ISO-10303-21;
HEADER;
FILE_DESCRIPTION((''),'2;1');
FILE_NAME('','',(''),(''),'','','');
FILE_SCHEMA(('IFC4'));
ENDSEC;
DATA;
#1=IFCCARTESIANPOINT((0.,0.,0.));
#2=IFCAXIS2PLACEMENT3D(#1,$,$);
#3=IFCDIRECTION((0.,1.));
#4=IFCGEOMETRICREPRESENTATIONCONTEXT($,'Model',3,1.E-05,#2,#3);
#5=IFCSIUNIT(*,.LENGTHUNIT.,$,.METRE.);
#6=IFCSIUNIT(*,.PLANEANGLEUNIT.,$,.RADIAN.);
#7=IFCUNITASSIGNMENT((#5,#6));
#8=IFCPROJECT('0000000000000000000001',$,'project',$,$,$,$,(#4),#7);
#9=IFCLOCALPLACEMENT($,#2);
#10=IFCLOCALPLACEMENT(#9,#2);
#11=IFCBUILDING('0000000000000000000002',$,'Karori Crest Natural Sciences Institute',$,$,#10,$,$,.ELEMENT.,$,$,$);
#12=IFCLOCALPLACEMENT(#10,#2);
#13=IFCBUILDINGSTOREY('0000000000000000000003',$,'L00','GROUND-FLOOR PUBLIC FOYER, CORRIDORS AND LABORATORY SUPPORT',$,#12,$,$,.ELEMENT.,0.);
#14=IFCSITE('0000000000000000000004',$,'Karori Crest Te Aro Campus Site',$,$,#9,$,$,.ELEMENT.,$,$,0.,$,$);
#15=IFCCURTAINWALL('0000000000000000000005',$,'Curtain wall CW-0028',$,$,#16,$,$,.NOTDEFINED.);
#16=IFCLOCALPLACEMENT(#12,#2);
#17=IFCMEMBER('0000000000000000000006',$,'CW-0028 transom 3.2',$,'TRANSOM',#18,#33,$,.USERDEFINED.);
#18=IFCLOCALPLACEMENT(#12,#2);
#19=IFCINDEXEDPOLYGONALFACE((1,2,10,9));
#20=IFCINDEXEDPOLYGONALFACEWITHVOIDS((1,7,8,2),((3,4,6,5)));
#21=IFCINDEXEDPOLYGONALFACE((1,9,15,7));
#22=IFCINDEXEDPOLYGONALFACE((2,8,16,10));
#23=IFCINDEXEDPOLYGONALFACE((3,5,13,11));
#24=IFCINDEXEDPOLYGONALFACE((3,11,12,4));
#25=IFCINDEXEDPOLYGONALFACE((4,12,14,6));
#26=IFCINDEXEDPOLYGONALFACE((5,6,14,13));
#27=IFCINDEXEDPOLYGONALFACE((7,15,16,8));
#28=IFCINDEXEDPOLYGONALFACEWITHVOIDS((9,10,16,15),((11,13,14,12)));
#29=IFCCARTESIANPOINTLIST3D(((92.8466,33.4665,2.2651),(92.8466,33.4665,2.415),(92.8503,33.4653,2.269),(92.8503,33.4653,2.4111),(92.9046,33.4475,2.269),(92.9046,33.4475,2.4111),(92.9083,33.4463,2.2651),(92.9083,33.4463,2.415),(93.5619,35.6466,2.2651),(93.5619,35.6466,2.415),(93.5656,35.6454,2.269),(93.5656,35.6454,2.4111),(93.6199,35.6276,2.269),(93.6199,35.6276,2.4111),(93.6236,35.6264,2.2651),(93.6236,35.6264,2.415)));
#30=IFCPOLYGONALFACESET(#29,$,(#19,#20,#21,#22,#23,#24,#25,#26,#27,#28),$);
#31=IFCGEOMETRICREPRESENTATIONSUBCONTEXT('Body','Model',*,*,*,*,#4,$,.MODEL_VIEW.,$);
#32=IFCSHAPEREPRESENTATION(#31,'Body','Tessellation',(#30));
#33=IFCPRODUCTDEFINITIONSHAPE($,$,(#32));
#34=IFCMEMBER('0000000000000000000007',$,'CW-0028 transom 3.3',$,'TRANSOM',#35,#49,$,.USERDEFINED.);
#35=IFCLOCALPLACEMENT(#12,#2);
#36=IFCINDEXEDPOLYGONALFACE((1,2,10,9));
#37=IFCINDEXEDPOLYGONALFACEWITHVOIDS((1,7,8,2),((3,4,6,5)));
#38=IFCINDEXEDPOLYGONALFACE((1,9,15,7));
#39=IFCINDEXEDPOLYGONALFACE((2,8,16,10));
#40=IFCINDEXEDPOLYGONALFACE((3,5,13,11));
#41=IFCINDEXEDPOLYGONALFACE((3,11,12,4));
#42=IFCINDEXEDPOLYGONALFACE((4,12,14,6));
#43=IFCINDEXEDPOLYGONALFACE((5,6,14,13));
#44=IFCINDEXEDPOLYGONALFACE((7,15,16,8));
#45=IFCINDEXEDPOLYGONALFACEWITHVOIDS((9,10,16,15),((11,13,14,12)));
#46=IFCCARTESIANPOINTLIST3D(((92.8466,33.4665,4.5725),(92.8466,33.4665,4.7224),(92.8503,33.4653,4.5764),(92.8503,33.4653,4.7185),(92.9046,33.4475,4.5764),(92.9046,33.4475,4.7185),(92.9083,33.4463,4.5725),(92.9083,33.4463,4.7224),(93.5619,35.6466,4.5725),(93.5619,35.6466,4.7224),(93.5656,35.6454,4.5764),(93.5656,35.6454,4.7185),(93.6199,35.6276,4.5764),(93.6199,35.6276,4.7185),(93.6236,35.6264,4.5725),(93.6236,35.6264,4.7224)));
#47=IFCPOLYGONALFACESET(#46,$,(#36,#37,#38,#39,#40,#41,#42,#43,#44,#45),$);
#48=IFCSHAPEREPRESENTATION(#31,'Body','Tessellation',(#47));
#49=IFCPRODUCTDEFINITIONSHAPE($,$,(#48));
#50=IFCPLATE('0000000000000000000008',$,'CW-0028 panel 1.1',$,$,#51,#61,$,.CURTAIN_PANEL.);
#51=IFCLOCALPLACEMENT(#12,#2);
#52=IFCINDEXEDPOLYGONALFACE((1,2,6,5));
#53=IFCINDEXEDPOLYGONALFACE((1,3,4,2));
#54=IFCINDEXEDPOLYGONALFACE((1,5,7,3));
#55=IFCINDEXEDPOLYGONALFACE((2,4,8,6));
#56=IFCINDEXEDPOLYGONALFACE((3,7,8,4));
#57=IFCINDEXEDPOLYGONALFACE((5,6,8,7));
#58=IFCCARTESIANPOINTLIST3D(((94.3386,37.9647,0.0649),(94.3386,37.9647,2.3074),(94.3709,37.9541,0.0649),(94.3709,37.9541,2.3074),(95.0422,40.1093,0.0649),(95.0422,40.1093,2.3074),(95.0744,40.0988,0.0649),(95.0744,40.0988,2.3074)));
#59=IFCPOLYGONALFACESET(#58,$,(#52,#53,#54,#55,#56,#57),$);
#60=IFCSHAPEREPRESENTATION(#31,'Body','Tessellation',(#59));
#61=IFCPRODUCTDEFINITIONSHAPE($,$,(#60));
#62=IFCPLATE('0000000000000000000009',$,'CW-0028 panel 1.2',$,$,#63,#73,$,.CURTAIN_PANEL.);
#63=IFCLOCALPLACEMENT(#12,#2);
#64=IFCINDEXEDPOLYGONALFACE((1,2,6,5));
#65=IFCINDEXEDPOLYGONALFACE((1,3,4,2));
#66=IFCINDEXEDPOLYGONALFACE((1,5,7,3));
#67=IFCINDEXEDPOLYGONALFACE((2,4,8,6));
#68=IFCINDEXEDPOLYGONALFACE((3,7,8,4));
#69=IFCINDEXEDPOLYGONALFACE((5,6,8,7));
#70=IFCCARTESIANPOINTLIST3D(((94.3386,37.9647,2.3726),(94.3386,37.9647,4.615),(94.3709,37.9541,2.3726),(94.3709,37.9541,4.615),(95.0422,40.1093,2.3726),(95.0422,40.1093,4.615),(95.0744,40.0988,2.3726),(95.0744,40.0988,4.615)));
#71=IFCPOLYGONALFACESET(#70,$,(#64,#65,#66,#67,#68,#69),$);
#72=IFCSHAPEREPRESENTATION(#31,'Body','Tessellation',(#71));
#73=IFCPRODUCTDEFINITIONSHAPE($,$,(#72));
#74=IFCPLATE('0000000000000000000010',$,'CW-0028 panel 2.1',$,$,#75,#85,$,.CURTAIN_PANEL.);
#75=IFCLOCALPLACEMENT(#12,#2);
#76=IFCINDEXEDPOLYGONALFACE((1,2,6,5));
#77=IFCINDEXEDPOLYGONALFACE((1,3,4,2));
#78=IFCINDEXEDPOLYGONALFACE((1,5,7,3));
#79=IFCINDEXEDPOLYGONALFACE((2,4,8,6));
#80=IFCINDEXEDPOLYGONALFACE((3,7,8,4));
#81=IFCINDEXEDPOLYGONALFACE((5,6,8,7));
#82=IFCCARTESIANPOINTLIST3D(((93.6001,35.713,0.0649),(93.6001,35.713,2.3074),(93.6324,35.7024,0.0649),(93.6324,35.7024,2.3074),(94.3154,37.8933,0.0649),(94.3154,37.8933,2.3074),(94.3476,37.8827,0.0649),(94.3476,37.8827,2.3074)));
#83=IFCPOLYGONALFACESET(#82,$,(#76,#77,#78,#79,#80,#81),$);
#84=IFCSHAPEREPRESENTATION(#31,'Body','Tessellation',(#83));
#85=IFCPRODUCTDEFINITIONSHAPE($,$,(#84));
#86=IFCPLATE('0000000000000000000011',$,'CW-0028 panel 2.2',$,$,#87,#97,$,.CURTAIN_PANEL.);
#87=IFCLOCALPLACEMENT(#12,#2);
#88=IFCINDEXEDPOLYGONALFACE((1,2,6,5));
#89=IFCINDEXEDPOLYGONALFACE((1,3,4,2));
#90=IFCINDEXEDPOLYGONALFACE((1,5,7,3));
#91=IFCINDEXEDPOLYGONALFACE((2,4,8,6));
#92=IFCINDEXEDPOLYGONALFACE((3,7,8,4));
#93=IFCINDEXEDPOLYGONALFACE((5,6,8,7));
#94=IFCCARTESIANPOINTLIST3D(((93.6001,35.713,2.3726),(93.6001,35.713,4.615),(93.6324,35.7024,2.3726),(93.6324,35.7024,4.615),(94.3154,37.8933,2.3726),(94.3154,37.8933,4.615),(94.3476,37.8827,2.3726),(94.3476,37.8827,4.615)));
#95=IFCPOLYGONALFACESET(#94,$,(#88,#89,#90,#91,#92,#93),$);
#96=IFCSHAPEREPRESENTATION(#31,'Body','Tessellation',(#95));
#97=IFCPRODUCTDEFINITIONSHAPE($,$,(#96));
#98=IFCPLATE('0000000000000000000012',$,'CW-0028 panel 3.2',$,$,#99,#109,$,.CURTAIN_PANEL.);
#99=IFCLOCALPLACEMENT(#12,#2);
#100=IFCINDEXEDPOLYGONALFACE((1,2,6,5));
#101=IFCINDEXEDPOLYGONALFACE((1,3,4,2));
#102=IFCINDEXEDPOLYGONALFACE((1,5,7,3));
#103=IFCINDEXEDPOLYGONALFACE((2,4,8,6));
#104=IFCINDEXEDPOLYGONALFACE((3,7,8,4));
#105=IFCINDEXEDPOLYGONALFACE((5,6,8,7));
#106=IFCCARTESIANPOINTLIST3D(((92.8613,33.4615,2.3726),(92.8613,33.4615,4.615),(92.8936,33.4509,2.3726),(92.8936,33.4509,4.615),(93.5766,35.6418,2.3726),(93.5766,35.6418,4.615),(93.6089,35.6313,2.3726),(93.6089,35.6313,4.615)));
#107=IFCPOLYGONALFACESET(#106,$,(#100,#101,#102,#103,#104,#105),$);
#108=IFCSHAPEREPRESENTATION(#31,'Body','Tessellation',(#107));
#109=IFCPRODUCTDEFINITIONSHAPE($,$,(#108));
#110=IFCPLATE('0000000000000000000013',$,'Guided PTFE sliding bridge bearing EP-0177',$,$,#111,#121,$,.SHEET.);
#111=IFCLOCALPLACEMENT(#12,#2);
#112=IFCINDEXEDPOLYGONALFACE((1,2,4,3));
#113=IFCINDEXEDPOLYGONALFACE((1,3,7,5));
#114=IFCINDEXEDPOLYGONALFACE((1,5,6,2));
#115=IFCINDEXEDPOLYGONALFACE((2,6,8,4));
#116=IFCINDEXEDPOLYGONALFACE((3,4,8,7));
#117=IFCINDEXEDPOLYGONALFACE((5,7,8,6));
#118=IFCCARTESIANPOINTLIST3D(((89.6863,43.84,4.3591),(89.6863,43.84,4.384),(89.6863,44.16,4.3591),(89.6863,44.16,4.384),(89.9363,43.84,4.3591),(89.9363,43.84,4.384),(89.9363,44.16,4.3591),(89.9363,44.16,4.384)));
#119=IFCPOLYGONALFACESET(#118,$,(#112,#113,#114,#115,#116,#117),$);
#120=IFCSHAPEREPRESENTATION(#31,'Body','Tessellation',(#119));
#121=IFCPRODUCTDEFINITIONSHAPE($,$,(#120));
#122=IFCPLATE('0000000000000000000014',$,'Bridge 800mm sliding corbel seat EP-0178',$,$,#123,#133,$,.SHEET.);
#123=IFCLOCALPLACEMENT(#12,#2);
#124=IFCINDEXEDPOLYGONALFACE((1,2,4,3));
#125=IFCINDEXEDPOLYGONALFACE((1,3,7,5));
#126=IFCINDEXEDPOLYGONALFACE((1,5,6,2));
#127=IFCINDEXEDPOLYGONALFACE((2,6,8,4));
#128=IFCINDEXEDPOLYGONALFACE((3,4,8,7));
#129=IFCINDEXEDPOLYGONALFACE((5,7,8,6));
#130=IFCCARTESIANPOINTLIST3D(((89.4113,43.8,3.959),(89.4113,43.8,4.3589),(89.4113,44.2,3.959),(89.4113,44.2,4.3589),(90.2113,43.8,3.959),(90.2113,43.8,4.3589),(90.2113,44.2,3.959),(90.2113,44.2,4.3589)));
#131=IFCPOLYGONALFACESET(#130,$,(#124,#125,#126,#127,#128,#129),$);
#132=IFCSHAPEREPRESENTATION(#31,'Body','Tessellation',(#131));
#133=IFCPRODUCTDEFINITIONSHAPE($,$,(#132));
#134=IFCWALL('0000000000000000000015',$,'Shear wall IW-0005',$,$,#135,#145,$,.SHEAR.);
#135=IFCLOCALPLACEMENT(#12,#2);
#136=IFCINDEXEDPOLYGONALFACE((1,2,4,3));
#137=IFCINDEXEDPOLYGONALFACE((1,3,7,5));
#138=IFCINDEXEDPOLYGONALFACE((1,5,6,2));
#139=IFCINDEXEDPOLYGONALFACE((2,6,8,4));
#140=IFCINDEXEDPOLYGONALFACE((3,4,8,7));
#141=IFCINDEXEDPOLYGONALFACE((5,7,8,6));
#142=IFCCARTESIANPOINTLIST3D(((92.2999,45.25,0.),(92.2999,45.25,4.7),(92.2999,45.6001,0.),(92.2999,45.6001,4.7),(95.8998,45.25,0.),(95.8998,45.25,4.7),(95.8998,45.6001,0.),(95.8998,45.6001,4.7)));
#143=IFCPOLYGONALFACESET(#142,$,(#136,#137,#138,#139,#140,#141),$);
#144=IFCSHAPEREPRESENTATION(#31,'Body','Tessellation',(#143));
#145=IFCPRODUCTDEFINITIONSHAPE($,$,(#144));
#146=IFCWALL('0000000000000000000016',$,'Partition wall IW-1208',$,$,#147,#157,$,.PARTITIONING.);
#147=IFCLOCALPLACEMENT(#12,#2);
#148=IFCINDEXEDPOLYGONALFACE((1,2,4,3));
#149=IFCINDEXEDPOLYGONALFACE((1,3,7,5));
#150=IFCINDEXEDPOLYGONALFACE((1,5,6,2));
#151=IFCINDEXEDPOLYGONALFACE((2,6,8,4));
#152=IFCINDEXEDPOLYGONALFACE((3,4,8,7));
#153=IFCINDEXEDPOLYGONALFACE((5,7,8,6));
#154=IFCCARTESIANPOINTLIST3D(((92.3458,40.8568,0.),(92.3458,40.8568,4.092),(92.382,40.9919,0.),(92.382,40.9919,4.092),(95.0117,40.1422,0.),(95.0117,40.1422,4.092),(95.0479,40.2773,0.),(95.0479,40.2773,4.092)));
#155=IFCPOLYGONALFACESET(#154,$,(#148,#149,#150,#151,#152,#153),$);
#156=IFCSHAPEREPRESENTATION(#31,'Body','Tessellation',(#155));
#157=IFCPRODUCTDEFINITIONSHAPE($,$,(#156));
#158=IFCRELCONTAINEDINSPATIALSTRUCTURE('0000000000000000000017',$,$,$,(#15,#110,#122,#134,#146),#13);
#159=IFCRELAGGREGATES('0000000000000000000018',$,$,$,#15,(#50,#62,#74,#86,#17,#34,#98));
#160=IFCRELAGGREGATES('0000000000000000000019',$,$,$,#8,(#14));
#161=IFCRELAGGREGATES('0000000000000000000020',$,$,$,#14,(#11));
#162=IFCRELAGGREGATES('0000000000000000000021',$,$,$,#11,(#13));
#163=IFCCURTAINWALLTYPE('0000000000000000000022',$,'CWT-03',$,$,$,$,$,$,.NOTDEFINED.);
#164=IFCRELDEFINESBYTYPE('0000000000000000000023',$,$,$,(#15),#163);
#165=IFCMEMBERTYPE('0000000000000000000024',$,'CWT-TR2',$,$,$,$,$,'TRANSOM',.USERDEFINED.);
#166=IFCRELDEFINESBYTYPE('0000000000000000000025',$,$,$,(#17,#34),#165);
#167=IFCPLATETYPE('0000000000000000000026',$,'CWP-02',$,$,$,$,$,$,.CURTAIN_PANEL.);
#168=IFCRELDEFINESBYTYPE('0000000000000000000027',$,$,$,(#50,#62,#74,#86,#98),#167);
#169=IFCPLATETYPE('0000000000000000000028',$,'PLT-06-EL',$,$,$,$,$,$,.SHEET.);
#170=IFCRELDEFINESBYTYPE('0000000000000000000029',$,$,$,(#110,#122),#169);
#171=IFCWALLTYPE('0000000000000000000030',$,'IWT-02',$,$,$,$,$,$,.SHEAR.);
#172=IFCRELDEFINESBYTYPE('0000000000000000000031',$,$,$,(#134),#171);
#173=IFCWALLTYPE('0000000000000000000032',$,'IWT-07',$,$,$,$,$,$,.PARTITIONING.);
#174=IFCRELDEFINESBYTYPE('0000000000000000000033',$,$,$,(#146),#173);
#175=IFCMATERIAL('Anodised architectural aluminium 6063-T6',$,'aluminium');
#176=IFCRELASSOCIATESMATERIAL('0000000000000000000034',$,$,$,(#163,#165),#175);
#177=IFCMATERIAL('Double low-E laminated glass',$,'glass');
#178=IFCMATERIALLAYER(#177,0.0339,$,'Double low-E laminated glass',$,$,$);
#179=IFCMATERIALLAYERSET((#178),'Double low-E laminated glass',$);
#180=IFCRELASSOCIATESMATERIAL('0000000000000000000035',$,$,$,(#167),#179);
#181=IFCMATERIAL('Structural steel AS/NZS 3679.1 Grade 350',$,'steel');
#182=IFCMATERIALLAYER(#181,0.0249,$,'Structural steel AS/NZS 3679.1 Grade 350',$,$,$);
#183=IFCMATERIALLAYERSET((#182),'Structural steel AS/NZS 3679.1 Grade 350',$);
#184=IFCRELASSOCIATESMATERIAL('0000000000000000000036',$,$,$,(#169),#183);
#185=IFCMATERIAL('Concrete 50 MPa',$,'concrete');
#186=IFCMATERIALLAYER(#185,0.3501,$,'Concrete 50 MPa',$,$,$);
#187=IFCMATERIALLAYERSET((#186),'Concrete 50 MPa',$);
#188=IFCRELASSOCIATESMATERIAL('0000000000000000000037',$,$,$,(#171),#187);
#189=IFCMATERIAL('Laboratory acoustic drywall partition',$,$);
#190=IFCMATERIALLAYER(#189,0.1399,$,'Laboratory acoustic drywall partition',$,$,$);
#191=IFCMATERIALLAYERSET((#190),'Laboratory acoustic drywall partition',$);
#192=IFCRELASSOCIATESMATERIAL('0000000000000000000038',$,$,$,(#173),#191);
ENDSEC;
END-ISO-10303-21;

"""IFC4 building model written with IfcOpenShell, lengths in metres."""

from ifc_helpers import new_model, si_unit, direction, frame, frame_2d, origin, origin_2d, place, context, subcontext, project, spatial, rectangle, hollow_rectangle, extrude, material, layer, layer_set, material_profile, profile_set, type_object, element, aggregate, save


model = new_model("IFC4")

# Units and contexts
model_context = context("Model", 3, precision=1e-05, world=origin(), true_north=direction((0.0, 1.0)))
body_context = subcontext(model_context, "Body", "Model", "MODEL_VIEW")
ifc_project = project(units=[si_unit("LENGTHUNIT", "METRE"), si_unit("PLANEANGLEUNIT", "RADIAN")], contexts=[model_context])

# Site, building, storey
site_placement = place(None, origin())
site = spatial("IfcSite", under=ifc_project, at=site_placement, Name="Karori Crest Te Aro Campus Site", CompositionType="ELEMENT", RefElevation=0.0)
building_placement = place(site_placement, origin())
building = spatial("IfcBuilding", under=site, at=building_placement, Name="Karori Crest Natural Sciences Institute", CompositionType="ELEMENT")
storey_placement = place(building_placement, origin())
storey = spatial("IfcBuildingStorey", under=building, at=storey_placement, Name="L00", Description="GROUND-FLOOR PUBLIC FOYER, CORRIDORS AND LABORATORY SUPPORT", CompositionType="ELEMENT", Elevation=0.0)

# Shared definitions
ifc_material_1 = material(Name="Structural steel AS/NZS 3679.1 Grade 350", Category="steel")

# Shared definitions
ifc_material_2 = material(Name="Anodised architectural aluminium 6063-T6", Category="aluminium")

# Curtain wall
curtain_wall_type_1 = type_object("IfcCurtainWallType", Name="CWT-03", PredefinedType="NOTDEFINED", material=ifc_material_2)
curtain_wall_1_placement = place(storey_placement, origin())
curtain_wall_1 = element("IfcCurtainWall", 1, at=curtain_wall_1_placement, inside=storey, type_object=curtain_wall_type_1, Name="Curtain wall CW-0028", PredefinedType="NOTDEFINED")

# Members
ifc_material_profile_1 = material_profile(ifc_material_2, hollow_rectangle(XDim=0.0649, YDim=0.1499, WallThickness=0.0039, at=origin_2d()), Name="CWT150x65x4")
ifc_profile_set_1 = profile_set([ifc_material_profile_1], Name="Anodised architectural aluminium 6063-T6")
member_type_1 = type_object("IfcMemberType", Name="CWT-TR2", ElementType="TRANSOM", PredefinedType="USERDEFINED", material=ifc_profile_set_1)
member_1_placement = place(storey_placement, frame((93.5928, 35.6365, 2.3401), z_axis=(-0.311755, -0.950162, 0.0), x_axis=(0.950162, -0.311755, 0.0)))
member_1 = element("IfcMember", 2, at=member_1_placement, type_object=member_type_1, Name="CW-0028 transom 3.2", ObjectType="TRANSOM", PredefinedType="USERDEFINED", context=body_context, shape_type="SweptSolid", body=[
    extrude(hollow_rectangle(XDim=0.0649, YDim=0.1499, WallThickness=0.0039, at=origin_2d()), origin(), (0.0, 0.0, 1.0), 2.2944),
])
member_2_placement = place(storey_placement, frame((93.5928, 35.6365, 4.6475), z_axis=(-0.311755, -0.950162, 0.0), x_axis=(0.950162, -0.311755, 0.0)))
member_2 = element("IfcMember", 3, at=member_2_placement, type_object=member_type_1, Name="CW-0028 transom 3.3", ObjectType="TRANSOM", PredefinedType="USERDEFINED", context=body_context, shape_type="SweptSolid", body=[
    extrude(hollow_rectangle(XDim=0.0649, YDim=0.1499, WallThickness=0.0039, at=origin_2d()), origin(), (0.0, 0.0, 1.0), 2.2944),
])

# Plates
ifc_material_3 = material(Name="Double low-E laminated glass", Category="glass")
ifc_layer_1 = layer(ifc_material_3, 0.0339, Name="Double low-E laminated glass")
ifc_layer_set_1 = layer_set([ifc_layer_1], Name="Double low-E laminated glass")
plate_type_1 = type_object("IfcPlateType", Name="CWP-02", PredefinedType="CURTAIN_PANEL", material=ifc_layer_set_1)
plate_1_placement = place(storey_placement, frame((94.7065, 39.0317, 0.0649), z_axis=(0.0, 0.0, 1.0), x_axis=(-0.311714, -0.950176, 0.0)))
plate_1 = element("IfcPlate", 4, at=plate_1_placement, type_object=plate_type_1, Name="CW-0028 panel 1.1", PredefinedType="CURTAIN_PANEL", context=body_context, shape_type="SweptSolid", body=[
    extrude(rectangle(XDim=2.2571, YDim=0.0339, at=origin_2d()), origin(), (0.0, 0.0, 1.0), 2.2424),
])
plate_2_placement = place(storey_placement, frame((94.7065, 39.0317, 2.3726), z_axis=(0.0, 0.0, 1.0), x_axis=(-0.311714, -0.950176, 0.0)))
plate_2 = element("IfcPlate", 5, at=plate_2_placement, type_object=plate_type_1, Name="CW-0028 panel 1.2", PredefinedType="CURTAIN_PANEL", context=body_context, shape_type="SweptSolid", body=[
    extrude(rectangle(XDim=2.2571, YDim=0.0339, at=origin_2d()), origin(), (0.0, 0.0, 1.0), 2.2424),
])
plate_3_placement = place(storey_placement, frame((93.9739, 36.7979, 0.0649), z_axis=(0.0, 0.0, 1.0), x_axis=(-0.311714, -0.950176, 0.0)))
plate_3 = element("IfcPlate", 6, at=plate_3_placement, type_object=plate_type_1, Name="CW-0028 panel 2.1", PredefinedType="CURTAIN_PANEL", context=body_context, shape_type="SweptSolid", body=[
    extrude(rectangle(XDim=2.2947, YDim=0.0339, at=origin_2d()), origin(), (0.0, 0.0, 1.0), 2.2424),
])
plate_4_placement = place(storey_placement, frame((93.9739, 36.7979, 2.3726), z_axis=(0.0, 0.0, 1.0), x_axis=(-0.311714, -0.950176, 0.0)))
plate_4 = element("IfcPlate", 7, at=plate_4_placement, type_object=plate_type_1, Name="CW-0028 panel 2.2", PredefinedType="CURTAIN_PANEL", context=body_context, shape_type="SweptSolid", body=[
    extrude(rectangle(XDim=2.2947, YDim=0.0339, at=origin_2d()), origin(), (0.0, 0.0, 1.0), 2.2424),
])
plate_5_placement = place(storey_placement, frame((93.2351, 34.5464, 2.3726), z_axis=(0.0, 0.0, 1.0), x_axis=(-0.311714, -0.950176, 0.0)))
plate_5 = element("IfcPlate", 8, at=plate_5_placement, type_object=plate_type_1, Name="CW-0028 panel 3.2", PredefinedType="CURTAIN_PANEL", context=body_context, shape_type="SweptSolid", body=[
    extrude(rectangle(XDim=2.2947, YDim=0.0339, at=origin_2d()), origin(), (0.0, 0.0, 1.0), 2.2424),
])
aggregate(curtain_wall_1, [plate_1, plate_2, plate_3, plate_4, member_1, member_2, plate_5])

# Plates
ifc_layer_2 = layer(ifc_material_1, 0.0249, Name="Structural steel AS/NZS 3679.1 Grade 350")
ifc_layer_set_2 = layer_set([ifc_layer_2], Name="Structural steel AS/NZS 3679.1 Grade 350")
plate_type_2 = type_object("IfcPlateType", Name="PLT-06-EL", PredefinedType="SHEET", material=ifc_layer_set_2)
plate_6_placement = place(storey_placement, frame((89.8113, 44.0, 4.3591), z_axis=(0.0, 0.0, 1.0), x_axis=(1.0, 0.0, 0.0)))
element("IfcPlate", 9, at=plate_6_placement, inside=storey, type_object=plate_type_2, Name="Guided PTFE sliding bridge bearing EP-0177", PredefinedType="SHEET", context=body_context, shape_type="SweptSolid", body=[
    extrude(rectangle(XDim=0.25, YDim=0.3201, at=origin_2d()), origin(), (0.0, 0.0, 1.0), 0.0249),
])
plate_7_placement = place(storey_placement, frame((89.8113, 44.0, 3.959), z_axis=(0.0, 0.0, 1.0), x_axis=(1.0, 0.0, 0.0)))
element("IfcPlate", 10, at=plate_7_placement, inside=storey, type_object=plate_type_2, Name="Bridge 800mm sliding corbel seat EP-0178", PredefinedType="SHEET", context=body_context, shape_type="SweptSolid", body=[
    extrude(rectangle(XDim=0.8, YDim=0.3999, at=origin_2d()), origin(), (0.0, 0.0, 1.0), 0.3999),
])

# Wall
ifc_material_4 = material(Name="Concrete 50 MPa", Category="concrete")
ifc_layer_3 = layer(ifc_material_4, 0.3501, Name="Concrete 50 MPa")
ifc_layer_set_3 = layer_set([ifc_layer_3], Name="Concrete 50 MPa")
wall_type_1 = type_object("IfcWallType", Name="IWT-02", PredefinedType="SHEAR", material=ifc_layer_set_3)
wall_1_placement = place(storey_placement, frame((92.3, 45.425, 0.0), z_axis=(0.0, 0.0, 1.0), x_axis=(1.0, 0.0, 0.0)))
element("IfcWall", 11, at=wall_1_placement, inside=storey, type_object=wall_type_1, Name="Shear wall IW-0005", PredefinedType="SHEAR", context=body_context, shape_type="SweptSolid", body=[
    extrude(rectangle(XDim=3.5999, YDim=0.3501, at=frame_2d((1.7998, 0.0))), origin(), (0.0, 0.0, 1.0), 4.7),
])

# Wall
ifc_material_5 = material(Name="Laboratory acoustic drywall partition")
ifc_layer_4 = layer(ifc_material_5, 0.1399, Name="Laboratory acoustic drywall partition")
ifc_layer_set_4 = layer_set([ifc_layer_4], Name="Laboratory acoustic drywall partition")
wall_type_2 = type_object("IfcWallType", Name="IWT-07", PredefinedType="PARTITIONING", material=ifc_layer_set_4)
wall_2_placement = place(storey_placement, frame((92.364, 40.9243, 0.0), z_axis=(0.0, 0.0, 1.0), x_axis=(0.965904, -0.258901, 0.0)))
element("IfcWall", 12, at=wall_2_placement, inside=storey, type_object=wall_type_2, Name="Partition wall IW-1208", PredefinedType="PARTITIONING", context=body_context, shape_type="SweptSolid", body=[
    extrude(rectangle(XDim=2.76, YDim=0.1399, at=frame_2d((1.3799, 0.0))), origin(), (0.0, 0.0, 1.0), 4.092),
])

save(model, "model.ifc")
